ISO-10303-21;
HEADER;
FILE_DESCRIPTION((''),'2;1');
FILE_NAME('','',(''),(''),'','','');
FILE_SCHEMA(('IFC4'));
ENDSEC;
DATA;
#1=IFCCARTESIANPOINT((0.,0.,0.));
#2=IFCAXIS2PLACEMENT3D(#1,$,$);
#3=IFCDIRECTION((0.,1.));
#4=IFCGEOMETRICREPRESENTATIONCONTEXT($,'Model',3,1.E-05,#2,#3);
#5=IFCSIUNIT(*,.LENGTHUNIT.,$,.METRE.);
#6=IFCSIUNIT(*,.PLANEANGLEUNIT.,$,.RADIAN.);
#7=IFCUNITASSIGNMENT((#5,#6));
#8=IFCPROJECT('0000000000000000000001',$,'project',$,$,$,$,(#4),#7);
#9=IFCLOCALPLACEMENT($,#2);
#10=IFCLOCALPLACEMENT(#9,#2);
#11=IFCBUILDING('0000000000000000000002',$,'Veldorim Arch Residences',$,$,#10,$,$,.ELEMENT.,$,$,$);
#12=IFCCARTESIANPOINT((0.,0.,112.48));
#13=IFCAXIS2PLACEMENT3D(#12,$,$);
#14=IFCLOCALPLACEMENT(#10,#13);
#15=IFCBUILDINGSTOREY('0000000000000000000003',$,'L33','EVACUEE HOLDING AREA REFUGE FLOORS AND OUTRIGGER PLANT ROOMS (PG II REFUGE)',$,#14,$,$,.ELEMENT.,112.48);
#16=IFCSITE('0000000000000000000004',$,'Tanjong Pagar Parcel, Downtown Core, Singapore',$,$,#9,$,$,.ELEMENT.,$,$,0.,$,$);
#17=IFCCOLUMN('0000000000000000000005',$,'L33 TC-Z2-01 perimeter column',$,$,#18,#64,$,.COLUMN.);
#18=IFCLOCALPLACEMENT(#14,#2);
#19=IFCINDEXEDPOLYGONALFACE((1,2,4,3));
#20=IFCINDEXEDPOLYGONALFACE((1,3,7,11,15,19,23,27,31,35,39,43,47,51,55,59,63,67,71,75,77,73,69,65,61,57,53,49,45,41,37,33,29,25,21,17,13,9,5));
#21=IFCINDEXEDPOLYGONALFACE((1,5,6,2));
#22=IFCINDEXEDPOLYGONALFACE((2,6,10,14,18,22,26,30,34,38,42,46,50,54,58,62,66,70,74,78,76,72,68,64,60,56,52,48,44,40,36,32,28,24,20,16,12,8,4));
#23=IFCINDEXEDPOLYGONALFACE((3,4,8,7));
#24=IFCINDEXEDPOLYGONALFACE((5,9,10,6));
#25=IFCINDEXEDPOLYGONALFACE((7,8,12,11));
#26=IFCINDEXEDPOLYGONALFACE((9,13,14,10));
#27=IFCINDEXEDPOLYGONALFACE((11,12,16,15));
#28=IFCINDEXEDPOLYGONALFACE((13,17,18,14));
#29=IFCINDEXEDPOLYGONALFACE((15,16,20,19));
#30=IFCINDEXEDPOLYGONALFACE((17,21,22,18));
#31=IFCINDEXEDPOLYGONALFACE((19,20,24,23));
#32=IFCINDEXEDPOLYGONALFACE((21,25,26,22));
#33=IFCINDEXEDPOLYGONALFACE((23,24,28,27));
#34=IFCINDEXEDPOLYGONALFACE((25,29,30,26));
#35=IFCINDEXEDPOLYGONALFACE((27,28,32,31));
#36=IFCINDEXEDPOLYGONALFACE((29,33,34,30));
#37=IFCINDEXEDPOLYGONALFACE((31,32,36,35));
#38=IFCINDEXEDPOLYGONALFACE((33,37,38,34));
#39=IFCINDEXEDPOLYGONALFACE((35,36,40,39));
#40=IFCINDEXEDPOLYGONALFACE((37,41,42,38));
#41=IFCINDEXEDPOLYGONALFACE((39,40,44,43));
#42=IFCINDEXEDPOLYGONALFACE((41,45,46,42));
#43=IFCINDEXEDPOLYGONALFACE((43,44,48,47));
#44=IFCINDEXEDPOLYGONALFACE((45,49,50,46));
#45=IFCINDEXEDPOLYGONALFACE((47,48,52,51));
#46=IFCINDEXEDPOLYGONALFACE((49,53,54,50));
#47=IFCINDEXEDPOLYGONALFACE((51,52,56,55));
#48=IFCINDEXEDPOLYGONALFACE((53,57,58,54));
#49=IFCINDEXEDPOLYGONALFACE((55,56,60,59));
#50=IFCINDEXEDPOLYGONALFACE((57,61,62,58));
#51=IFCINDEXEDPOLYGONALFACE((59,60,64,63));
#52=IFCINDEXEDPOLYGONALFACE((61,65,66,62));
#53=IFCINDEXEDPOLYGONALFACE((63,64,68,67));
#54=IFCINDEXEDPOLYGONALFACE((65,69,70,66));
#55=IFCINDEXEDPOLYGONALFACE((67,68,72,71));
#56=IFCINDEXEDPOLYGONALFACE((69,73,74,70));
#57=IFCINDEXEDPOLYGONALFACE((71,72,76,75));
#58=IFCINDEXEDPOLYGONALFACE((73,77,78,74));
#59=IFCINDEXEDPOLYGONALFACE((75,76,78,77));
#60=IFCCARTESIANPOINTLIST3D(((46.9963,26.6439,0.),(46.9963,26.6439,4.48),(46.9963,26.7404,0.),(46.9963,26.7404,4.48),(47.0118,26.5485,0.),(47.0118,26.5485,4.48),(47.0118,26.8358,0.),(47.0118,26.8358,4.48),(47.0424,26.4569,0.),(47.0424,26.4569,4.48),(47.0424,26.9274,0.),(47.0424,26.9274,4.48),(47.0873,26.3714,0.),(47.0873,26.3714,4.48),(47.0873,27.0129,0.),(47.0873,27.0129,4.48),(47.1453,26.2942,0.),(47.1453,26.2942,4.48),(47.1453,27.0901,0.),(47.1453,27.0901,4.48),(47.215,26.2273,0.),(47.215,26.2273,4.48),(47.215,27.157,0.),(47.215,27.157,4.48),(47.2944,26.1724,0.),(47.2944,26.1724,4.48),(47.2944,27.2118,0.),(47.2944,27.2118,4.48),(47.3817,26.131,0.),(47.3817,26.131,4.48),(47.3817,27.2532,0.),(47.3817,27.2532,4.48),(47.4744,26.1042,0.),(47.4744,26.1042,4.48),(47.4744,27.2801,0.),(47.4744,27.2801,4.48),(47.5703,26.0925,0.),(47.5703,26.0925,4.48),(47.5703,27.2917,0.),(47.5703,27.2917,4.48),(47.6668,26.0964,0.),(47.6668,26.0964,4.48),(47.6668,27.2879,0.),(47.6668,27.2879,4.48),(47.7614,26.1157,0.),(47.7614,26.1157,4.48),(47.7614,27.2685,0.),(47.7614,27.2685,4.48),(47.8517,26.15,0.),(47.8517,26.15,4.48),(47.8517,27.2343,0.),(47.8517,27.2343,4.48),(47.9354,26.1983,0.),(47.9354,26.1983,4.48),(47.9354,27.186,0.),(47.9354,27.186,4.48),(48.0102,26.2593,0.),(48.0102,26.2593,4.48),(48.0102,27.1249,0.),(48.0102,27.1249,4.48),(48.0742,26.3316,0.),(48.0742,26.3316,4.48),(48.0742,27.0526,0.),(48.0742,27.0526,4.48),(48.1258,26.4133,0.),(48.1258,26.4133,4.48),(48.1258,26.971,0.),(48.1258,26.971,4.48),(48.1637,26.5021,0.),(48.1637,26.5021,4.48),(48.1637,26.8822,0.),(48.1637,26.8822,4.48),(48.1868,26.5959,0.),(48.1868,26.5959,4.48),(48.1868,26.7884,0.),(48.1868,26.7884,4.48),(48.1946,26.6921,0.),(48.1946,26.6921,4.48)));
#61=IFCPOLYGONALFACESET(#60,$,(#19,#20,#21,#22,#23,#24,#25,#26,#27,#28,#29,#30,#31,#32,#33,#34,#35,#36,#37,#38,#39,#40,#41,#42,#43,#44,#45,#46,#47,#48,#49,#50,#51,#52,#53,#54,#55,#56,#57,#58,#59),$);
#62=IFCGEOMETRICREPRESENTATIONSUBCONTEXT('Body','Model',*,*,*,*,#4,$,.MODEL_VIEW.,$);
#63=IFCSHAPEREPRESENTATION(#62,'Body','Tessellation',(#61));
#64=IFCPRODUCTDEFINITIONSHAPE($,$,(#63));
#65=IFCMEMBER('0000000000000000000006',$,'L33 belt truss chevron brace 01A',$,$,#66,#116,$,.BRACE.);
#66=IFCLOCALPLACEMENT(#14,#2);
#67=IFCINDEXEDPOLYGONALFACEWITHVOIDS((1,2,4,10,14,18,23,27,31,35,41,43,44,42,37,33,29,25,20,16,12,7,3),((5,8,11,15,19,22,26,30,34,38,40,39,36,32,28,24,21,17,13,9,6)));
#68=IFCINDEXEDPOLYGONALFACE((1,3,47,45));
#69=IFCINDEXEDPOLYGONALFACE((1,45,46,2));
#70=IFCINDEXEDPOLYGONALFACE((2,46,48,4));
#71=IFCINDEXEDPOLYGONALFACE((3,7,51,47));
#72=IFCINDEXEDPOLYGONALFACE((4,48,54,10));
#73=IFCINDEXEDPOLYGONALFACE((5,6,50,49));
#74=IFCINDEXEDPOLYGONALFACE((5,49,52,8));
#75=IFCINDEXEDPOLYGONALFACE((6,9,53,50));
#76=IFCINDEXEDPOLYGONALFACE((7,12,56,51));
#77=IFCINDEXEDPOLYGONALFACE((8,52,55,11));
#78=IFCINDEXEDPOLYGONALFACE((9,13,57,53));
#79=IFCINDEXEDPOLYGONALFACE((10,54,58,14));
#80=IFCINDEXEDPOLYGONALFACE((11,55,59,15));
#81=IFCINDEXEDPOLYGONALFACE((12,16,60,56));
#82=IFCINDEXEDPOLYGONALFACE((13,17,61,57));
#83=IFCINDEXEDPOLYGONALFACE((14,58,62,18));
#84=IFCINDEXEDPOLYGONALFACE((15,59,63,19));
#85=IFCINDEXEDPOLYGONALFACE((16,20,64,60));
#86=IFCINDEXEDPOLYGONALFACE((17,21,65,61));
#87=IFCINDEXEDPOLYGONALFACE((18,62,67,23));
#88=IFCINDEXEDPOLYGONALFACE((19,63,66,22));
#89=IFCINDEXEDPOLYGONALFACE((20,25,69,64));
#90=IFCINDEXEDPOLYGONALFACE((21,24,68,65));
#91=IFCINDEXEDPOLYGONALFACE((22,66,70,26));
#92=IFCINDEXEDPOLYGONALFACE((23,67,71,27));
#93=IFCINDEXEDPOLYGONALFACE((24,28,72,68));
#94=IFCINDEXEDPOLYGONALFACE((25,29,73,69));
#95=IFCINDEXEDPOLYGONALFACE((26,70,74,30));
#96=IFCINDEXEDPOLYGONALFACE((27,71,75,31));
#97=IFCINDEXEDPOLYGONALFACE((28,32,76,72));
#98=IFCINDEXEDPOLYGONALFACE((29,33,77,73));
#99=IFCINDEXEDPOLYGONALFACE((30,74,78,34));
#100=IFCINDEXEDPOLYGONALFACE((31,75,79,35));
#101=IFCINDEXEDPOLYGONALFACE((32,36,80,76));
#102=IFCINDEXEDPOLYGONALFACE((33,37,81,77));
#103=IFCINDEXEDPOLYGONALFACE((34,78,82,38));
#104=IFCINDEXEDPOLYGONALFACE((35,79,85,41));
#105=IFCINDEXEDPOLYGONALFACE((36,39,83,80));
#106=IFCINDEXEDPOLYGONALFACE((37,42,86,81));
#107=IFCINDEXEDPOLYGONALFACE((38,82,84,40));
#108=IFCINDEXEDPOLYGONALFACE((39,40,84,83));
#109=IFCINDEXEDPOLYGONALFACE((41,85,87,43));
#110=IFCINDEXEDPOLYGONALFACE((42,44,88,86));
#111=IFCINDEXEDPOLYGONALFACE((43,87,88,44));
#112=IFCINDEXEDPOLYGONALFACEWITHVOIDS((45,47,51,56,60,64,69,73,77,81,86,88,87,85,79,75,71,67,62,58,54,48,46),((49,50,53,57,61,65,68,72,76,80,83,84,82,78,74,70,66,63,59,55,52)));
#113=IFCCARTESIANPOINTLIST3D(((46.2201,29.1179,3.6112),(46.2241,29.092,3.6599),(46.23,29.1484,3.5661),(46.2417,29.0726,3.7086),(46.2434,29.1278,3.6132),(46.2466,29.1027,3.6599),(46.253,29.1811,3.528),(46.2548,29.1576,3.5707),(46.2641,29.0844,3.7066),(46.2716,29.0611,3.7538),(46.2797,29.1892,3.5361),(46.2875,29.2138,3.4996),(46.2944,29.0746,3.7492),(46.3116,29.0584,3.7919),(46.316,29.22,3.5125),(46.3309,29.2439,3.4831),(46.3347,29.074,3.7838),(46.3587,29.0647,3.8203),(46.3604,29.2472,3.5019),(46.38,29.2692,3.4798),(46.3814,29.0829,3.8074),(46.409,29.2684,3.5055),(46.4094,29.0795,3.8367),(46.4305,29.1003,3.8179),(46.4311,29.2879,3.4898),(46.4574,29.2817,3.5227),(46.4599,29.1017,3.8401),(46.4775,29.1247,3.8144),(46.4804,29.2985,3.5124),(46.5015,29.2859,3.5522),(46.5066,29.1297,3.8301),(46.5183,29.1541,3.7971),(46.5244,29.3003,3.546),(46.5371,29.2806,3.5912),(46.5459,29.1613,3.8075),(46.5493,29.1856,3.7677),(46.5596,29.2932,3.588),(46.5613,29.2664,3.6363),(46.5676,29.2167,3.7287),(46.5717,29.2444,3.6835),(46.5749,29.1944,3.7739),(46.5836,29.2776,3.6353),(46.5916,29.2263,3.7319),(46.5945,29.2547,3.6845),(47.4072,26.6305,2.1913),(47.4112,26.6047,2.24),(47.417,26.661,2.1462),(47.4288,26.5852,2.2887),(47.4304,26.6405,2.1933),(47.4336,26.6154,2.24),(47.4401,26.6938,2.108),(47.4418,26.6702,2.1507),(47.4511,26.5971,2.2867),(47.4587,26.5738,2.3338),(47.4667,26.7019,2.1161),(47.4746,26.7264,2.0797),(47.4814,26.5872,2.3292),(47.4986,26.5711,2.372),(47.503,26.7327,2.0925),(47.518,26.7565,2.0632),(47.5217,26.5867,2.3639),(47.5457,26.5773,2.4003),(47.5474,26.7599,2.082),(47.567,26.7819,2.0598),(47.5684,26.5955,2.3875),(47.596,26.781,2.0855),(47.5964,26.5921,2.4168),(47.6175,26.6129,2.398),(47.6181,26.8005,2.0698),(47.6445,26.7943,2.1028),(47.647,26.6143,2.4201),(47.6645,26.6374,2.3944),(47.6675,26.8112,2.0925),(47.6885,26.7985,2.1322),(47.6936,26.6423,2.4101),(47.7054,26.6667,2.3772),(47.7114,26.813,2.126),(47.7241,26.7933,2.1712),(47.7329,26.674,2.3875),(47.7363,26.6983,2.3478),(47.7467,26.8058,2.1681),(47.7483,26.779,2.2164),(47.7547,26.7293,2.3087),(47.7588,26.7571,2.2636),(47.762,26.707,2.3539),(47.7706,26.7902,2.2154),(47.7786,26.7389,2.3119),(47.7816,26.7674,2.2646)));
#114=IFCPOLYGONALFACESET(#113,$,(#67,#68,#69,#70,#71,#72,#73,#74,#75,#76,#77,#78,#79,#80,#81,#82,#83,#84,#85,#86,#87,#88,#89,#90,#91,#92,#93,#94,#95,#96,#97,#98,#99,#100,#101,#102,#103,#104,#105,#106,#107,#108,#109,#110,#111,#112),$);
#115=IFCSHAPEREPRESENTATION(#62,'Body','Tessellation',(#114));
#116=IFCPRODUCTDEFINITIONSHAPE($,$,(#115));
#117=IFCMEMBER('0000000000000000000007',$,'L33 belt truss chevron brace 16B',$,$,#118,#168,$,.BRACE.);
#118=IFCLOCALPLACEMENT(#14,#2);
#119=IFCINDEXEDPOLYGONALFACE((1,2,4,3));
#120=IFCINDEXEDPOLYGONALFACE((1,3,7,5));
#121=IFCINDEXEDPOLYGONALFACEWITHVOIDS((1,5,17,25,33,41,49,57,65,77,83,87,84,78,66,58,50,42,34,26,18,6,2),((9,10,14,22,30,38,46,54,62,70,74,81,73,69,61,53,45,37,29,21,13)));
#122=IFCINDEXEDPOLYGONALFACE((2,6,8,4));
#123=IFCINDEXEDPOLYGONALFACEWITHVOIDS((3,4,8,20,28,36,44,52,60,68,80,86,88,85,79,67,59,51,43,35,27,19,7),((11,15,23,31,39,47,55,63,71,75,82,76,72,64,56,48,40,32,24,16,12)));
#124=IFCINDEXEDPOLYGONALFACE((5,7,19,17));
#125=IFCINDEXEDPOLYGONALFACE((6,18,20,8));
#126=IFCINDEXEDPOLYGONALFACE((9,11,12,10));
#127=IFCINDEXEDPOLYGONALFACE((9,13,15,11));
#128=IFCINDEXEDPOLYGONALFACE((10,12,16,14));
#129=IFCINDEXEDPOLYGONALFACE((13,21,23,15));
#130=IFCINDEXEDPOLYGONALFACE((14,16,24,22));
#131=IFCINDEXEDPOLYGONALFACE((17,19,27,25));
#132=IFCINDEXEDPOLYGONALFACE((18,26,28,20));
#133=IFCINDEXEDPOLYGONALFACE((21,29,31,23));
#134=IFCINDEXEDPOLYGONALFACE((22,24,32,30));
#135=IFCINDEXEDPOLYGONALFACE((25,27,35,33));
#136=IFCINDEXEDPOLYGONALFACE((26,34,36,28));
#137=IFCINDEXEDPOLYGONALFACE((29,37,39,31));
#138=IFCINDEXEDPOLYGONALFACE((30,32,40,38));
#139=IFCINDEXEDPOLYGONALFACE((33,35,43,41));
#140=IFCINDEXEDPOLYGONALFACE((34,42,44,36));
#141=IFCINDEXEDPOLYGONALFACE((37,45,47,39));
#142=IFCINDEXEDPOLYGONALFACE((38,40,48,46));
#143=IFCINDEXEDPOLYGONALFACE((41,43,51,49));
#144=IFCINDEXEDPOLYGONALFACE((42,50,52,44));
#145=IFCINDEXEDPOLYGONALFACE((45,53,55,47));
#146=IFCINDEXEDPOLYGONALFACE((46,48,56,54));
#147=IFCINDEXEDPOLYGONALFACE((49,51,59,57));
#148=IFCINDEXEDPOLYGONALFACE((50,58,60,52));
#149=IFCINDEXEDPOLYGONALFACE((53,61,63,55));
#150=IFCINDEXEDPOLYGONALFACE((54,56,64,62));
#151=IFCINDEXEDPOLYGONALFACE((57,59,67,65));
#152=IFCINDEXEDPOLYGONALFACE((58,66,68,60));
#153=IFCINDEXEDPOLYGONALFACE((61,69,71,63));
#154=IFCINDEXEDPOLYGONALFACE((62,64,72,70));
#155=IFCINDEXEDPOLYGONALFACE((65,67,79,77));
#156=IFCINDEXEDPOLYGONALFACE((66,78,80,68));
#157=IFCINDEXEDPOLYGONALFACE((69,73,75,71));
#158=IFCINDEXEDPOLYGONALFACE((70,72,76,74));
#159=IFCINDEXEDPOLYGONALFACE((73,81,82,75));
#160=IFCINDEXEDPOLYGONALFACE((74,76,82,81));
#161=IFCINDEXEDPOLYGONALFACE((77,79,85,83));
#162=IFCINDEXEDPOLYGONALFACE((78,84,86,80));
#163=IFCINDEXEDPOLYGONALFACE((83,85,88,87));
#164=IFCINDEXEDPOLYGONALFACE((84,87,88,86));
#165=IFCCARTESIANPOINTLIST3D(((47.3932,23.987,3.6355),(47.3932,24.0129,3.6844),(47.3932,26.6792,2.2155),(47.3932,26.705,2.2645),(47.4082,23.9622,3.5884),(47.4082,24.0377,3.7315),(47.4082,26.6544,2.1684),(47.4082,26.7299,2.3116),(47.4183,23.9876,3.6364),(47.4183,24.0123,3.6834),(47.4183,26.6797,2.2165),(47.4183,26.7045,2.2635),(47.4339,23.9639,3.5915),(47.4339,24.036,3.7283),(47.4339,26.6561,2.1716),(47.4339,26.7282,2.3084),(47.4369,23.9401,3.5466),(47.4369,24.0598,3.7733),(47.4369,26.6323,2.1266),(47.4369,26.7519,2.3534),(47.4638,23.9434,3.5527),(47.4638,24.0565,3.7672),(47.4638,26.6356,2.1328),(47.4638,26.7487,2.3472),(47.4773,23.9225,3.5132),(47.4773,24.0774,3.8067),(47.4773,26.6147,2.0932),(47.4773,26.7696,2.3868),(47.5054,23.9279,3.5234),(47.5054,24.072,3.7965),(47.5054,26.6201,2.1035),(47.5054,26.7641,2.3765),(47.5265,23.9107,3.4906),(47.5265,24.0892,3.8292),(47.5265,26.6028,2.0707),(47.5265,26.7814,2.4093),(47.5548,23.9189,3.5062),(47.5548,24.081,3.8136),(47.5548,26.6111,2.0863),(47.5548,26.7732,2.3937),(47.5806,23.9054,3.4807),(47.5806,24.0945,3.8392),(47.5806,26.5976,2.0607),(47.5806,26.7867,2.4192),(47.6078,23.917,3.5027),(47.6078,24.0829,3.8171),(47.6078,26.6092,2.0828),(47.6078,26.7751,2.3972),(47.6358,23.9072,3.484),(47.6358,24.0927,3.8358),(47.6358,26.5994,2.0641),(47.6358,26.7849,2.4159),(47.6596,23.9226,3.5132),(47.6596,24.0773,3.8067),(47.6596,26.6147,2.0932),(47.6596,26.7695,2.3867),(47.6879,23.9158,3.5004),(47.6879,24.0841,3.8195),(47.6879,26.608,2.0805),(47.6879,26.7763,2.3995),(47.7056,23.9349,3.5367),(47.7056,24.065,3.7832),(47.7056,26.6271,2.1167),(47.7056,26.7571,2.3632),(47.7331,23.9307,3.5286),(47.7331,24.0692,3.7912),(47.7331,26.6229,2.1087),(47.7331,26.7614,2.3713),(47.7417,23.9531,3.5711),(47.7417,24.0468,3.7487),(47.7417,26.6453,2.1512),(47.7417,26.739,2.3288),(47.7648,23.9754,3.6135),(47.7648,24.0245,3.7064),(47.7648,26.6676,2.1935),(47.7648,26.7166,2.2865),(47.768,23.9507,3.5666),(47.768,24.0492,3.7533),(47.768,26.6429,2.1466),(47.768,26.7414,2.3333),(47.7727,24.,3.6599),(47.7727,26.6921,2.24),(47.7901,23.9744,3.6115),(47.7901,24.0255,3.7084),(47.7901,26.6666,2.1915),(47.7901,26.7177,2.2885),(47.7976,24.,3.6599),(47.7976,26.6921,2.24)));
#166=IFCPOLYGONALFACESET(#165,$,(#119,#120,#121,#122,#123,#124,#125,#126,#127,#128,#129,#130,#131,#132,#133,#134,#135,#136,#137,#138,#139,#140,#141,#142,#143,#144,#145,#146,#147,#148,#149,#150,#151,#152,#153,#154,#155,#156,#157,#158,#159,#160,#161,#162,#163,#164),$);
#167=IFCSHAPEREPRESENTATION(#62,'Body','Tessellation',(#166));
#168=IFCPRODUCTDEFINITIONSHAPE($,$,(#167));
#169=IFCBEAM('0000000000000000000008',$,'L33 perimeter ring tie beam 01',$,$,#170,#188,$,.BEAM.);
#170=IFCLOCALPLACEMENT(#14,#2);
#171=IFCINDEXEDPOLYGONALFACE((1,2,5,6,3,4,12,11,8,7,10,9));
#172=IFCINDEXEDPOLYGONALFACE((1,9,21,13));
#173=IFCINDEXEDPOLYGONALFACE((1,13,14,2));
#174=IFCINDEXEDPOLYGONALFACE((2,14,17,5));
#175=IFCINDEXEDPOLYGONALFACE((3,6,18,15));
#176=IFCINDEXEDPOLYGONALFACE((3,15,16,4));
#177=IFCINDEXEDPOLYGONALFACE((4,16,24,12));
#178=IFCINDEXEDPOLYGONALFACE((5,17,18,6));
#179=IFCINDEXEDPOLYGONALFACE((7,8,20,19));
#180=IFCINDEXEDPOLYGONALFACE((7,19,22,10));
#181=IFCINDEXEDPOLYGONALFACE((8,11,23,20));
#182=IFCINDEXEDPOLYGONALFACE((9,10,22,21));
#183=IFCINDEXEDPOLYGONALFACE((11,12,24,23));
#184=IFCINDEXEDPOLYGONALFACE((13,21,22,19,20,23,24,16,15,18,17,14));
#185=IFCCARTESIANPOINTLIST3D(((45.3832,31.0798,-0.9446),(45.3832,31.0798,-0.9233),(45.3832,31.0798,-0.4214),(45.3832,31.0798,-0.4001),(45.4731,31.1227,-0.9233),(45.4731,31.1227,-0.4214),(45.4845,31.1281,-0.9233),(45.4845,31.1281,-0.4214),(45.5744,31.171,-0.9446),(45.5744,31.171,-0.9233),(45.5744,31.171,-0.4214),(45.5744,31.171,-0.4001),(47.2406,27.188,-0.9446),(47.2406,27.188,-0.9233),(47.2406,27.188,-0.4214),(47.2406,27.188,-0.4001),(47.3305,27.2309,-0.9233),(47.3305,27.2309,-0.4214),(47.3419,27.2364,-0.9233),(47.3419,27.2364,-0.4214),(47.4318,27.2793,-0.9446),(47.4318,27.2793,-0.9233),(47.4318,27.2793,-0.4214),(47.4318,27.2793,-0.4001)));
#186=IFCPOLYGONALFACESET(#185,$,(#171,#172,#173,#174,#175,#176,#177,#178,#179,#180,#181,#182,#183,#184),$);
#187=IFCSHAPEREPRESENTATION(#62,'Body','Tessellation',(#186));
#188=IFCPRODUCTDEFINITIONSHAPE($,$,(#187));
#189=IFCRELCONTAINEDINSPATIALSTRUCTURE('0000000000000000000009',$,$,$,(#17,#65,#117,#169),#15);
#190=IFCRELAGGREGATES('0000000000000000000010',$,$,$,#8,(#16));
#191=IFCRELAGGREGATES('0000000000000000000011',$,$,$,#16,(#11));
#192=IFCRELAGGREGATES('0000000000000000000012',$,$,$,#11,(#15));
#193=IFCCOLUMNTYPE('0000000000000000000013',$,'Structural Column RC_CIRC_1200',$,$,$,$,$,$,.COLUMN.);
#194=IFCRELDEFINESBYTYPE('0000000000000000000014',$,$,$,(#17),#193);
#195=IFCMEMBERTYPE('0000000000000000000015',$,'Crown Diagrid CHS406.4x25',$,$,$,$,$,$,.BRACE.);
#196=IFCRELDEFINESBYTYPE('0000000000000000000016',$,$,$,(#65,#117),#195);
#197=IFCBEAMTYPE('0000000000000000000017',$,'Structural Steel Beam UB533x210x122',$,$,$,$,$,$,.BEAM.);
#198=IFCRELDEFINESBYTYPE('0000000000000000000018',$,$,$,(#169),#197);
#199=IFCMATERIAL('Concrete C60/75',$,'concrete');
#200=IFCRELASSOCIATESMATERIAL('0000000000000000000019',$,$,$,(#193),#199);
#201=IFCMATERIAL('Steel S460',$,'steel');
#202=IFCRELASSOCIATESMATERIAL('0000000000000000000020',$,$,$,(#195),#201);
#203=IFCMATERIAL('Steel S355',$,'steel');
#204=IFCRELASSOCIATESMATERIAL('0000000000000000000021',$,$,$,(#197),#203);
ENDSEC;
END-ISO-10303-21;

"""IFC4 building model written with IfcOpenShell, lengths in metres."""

from ifc_helpers import new_model, si_unit, direction, frame, origin, origin_2d, place, context, subcontext, project, spatial, circle, hollow_circle, i_section, extrude, material, material_profile, profile_set, type_object, element, save


model = new_model("IFC4")

# Units and contexts
model_context = context("Model", 3, precision=1e-05, world=origin(), true_north=direction((0.0, 1.0)))
body_context = subcontext(model_context, "Body", "Model", "MODEL_VIEW")
ifc_project = project(units=[si_unit("LENGTHUNIT", "METRE"), si_unit("PLANEANGLEUNIT", "RADIAN")], contexts=[model_context])

# Site, building, storey
site_placement = place(None, origin())
site = spatial("IfcSite", under=ifc_project, at=site_placement, Name="Tanjong Pagar Parcel, Downtown Core, Singapore", CompositionType="ELEMENT", RefElevation=0.0)
building_placement = place(site_placement, origin())
building = spatial("IfcBuilding", under=site, at=building_placement, Name="Veldorim Arch Residences", CompositionType="ELEMENT")
storey_placement = place(building_placement, frame((0.0, 0.0, 112.48)))
storey = spatial("IfcBuildingStorey", under=building, at=storey_placement, Name="L33", Description="EVACUEE HOLDING AREA REFUGE FLOORS AND OUTRIGGER PLANT ROOMS (PG II REFUGE)", CompositionType="ELEMENT", Elevation=112.48)

# Column
ifc_material_1 = material(Name="Concrete C60/75", Category="concrete")
ifc_material_profile_1 = material_profile(ifc_material_1, circle(Radius=0.6001, at=origin_2d()), Name="RC_CIRC_1200")
ifc_profile_set_1 = profile_set([ifc_material_profile_1], Name="Concrete C60/75")
column_type = type_object("IfcColumnType", Name="Structural Column RC_CIRC_1200", PredefinedType="COLUMN", material=ifc_profile_set_1)
column_placement = place(storey_placement, frame((47.5945, 26.6921, 0.0), z_axis=(0.0, 0.0, 1.0), x_axis=(1.0, 0.0, 0.0)))
element("IfcColumn", 1, at=column_placement, inside=storey, type_object=column_type, Name="L33 TC-Z2-01 perimeter column", PredefinedType="COLUMN", context=body_context, shape_type="SweptSolid", body=[
    extrude(circle(Radius=0.6001, at=origin_2d()), origin(), (0.0, 0.0, 1.0), 4.48),
])

# Members
ifc_material_2 = material(Name="Steel S460", Category="steel")
ifc_material_profile_2 = material_profile(ifc_material_2, hollow_circle(Radius=0.2031, WallThickness=0.0249, at=origin_2d()), Name="CHS406.4x25")
ifc_profile_set_2 = profile_set([ifc_material_profile_2], Name="Steel S460")
member_type_1 = type_object("IfcMemberType", Name="Crown Diagrid CHS406.4x25", PredefinedType="BRACE", material=ifc_profile_set_2)
member_1_placement = place(storey_placement, frame((47.5945, 26.6921, 2.24), z_axis=(-0.38287, 0.802279, 0.457995), x_axis=(-0.902497, -0.430697, 0.0)))
element("IfcMember", 2, at=member_1_placement, inside=storey, type_object=member_type_1, Name="L33 belt truss chevron brace 01A", PredefinedType="BRACE", context=body_context, shape_type="SweptSolid", body=[
    extrude(hollow_circle(Radius=0.2031, WallThickness=0.0249, at=origin_2d()), origin(), (0.0, 0.0, 1.0), 3.1003),
])
member_2_placement = place(storey_placement, frame((47.5945, 26.6921, 2.24), z_axis=(0.0, -0.884511, 0.46652), x_axis=(1.0, 0.0, 0.0)))
element("IfcMember", 3, at=member_2_placement, inside=storey, type_object=member_type_1, Name="L33 belt truss chevron brace 16B", PredefinedType="BRACE", context=body_context, shape_type="SweptSolid", body=[
    extrude(hollow_circle(Radius=0.2031, WallThickness=0.0249, at=origin_2d()), origin(), (0.0, 0.0, 1.0), 3.0437),
])

# Beam
ifc_material_3 = material(Name="Steel S355", Category="steel")
ifc_material_profile_3 = material_profile(ifc_material_3, i_section(OverallWidth=0.2119, OverallDepth=0.5444, WebThickness=0.0127, FlangeThickness=0.0212, at=origin_2d()), Name="UB533x210x122")
ifc_profile_set_3 = profile_set([ifc_material_profile_3], Name="Steel S355")
beam_type_1 = type_object("IfcBeamType", Name="Structural Steel Beam UB533x210x122", PredefinedType="BEAM", material=ifc_profile_set_3)
beam_1_placement = place(storey_placement, frame((47.3362, 27.2336, -0.6724), z_axis=(-0.43072, 0.902486, 0.0), x_axis=(-0.902486, -0.43072, 0.0)))
element("IfcBeam", 4, at=beam_1_placement, inside=storey, type_object=beam_type_1, Name="L33 perimeter ring tie beam 01", PredefinedType="BEAM", context=body_context, shape_type="SweptSolid", body=[
    extrude(i_section(OverallWidth=0.2119, OverallDepth=0.5444, WebThickness=0.0127, FlangeThickness=0.0212, at=origin_2d()), origin(), (0.0, 0.0, 1.0), 4.3123),
])

save(model, "model.ifc")
